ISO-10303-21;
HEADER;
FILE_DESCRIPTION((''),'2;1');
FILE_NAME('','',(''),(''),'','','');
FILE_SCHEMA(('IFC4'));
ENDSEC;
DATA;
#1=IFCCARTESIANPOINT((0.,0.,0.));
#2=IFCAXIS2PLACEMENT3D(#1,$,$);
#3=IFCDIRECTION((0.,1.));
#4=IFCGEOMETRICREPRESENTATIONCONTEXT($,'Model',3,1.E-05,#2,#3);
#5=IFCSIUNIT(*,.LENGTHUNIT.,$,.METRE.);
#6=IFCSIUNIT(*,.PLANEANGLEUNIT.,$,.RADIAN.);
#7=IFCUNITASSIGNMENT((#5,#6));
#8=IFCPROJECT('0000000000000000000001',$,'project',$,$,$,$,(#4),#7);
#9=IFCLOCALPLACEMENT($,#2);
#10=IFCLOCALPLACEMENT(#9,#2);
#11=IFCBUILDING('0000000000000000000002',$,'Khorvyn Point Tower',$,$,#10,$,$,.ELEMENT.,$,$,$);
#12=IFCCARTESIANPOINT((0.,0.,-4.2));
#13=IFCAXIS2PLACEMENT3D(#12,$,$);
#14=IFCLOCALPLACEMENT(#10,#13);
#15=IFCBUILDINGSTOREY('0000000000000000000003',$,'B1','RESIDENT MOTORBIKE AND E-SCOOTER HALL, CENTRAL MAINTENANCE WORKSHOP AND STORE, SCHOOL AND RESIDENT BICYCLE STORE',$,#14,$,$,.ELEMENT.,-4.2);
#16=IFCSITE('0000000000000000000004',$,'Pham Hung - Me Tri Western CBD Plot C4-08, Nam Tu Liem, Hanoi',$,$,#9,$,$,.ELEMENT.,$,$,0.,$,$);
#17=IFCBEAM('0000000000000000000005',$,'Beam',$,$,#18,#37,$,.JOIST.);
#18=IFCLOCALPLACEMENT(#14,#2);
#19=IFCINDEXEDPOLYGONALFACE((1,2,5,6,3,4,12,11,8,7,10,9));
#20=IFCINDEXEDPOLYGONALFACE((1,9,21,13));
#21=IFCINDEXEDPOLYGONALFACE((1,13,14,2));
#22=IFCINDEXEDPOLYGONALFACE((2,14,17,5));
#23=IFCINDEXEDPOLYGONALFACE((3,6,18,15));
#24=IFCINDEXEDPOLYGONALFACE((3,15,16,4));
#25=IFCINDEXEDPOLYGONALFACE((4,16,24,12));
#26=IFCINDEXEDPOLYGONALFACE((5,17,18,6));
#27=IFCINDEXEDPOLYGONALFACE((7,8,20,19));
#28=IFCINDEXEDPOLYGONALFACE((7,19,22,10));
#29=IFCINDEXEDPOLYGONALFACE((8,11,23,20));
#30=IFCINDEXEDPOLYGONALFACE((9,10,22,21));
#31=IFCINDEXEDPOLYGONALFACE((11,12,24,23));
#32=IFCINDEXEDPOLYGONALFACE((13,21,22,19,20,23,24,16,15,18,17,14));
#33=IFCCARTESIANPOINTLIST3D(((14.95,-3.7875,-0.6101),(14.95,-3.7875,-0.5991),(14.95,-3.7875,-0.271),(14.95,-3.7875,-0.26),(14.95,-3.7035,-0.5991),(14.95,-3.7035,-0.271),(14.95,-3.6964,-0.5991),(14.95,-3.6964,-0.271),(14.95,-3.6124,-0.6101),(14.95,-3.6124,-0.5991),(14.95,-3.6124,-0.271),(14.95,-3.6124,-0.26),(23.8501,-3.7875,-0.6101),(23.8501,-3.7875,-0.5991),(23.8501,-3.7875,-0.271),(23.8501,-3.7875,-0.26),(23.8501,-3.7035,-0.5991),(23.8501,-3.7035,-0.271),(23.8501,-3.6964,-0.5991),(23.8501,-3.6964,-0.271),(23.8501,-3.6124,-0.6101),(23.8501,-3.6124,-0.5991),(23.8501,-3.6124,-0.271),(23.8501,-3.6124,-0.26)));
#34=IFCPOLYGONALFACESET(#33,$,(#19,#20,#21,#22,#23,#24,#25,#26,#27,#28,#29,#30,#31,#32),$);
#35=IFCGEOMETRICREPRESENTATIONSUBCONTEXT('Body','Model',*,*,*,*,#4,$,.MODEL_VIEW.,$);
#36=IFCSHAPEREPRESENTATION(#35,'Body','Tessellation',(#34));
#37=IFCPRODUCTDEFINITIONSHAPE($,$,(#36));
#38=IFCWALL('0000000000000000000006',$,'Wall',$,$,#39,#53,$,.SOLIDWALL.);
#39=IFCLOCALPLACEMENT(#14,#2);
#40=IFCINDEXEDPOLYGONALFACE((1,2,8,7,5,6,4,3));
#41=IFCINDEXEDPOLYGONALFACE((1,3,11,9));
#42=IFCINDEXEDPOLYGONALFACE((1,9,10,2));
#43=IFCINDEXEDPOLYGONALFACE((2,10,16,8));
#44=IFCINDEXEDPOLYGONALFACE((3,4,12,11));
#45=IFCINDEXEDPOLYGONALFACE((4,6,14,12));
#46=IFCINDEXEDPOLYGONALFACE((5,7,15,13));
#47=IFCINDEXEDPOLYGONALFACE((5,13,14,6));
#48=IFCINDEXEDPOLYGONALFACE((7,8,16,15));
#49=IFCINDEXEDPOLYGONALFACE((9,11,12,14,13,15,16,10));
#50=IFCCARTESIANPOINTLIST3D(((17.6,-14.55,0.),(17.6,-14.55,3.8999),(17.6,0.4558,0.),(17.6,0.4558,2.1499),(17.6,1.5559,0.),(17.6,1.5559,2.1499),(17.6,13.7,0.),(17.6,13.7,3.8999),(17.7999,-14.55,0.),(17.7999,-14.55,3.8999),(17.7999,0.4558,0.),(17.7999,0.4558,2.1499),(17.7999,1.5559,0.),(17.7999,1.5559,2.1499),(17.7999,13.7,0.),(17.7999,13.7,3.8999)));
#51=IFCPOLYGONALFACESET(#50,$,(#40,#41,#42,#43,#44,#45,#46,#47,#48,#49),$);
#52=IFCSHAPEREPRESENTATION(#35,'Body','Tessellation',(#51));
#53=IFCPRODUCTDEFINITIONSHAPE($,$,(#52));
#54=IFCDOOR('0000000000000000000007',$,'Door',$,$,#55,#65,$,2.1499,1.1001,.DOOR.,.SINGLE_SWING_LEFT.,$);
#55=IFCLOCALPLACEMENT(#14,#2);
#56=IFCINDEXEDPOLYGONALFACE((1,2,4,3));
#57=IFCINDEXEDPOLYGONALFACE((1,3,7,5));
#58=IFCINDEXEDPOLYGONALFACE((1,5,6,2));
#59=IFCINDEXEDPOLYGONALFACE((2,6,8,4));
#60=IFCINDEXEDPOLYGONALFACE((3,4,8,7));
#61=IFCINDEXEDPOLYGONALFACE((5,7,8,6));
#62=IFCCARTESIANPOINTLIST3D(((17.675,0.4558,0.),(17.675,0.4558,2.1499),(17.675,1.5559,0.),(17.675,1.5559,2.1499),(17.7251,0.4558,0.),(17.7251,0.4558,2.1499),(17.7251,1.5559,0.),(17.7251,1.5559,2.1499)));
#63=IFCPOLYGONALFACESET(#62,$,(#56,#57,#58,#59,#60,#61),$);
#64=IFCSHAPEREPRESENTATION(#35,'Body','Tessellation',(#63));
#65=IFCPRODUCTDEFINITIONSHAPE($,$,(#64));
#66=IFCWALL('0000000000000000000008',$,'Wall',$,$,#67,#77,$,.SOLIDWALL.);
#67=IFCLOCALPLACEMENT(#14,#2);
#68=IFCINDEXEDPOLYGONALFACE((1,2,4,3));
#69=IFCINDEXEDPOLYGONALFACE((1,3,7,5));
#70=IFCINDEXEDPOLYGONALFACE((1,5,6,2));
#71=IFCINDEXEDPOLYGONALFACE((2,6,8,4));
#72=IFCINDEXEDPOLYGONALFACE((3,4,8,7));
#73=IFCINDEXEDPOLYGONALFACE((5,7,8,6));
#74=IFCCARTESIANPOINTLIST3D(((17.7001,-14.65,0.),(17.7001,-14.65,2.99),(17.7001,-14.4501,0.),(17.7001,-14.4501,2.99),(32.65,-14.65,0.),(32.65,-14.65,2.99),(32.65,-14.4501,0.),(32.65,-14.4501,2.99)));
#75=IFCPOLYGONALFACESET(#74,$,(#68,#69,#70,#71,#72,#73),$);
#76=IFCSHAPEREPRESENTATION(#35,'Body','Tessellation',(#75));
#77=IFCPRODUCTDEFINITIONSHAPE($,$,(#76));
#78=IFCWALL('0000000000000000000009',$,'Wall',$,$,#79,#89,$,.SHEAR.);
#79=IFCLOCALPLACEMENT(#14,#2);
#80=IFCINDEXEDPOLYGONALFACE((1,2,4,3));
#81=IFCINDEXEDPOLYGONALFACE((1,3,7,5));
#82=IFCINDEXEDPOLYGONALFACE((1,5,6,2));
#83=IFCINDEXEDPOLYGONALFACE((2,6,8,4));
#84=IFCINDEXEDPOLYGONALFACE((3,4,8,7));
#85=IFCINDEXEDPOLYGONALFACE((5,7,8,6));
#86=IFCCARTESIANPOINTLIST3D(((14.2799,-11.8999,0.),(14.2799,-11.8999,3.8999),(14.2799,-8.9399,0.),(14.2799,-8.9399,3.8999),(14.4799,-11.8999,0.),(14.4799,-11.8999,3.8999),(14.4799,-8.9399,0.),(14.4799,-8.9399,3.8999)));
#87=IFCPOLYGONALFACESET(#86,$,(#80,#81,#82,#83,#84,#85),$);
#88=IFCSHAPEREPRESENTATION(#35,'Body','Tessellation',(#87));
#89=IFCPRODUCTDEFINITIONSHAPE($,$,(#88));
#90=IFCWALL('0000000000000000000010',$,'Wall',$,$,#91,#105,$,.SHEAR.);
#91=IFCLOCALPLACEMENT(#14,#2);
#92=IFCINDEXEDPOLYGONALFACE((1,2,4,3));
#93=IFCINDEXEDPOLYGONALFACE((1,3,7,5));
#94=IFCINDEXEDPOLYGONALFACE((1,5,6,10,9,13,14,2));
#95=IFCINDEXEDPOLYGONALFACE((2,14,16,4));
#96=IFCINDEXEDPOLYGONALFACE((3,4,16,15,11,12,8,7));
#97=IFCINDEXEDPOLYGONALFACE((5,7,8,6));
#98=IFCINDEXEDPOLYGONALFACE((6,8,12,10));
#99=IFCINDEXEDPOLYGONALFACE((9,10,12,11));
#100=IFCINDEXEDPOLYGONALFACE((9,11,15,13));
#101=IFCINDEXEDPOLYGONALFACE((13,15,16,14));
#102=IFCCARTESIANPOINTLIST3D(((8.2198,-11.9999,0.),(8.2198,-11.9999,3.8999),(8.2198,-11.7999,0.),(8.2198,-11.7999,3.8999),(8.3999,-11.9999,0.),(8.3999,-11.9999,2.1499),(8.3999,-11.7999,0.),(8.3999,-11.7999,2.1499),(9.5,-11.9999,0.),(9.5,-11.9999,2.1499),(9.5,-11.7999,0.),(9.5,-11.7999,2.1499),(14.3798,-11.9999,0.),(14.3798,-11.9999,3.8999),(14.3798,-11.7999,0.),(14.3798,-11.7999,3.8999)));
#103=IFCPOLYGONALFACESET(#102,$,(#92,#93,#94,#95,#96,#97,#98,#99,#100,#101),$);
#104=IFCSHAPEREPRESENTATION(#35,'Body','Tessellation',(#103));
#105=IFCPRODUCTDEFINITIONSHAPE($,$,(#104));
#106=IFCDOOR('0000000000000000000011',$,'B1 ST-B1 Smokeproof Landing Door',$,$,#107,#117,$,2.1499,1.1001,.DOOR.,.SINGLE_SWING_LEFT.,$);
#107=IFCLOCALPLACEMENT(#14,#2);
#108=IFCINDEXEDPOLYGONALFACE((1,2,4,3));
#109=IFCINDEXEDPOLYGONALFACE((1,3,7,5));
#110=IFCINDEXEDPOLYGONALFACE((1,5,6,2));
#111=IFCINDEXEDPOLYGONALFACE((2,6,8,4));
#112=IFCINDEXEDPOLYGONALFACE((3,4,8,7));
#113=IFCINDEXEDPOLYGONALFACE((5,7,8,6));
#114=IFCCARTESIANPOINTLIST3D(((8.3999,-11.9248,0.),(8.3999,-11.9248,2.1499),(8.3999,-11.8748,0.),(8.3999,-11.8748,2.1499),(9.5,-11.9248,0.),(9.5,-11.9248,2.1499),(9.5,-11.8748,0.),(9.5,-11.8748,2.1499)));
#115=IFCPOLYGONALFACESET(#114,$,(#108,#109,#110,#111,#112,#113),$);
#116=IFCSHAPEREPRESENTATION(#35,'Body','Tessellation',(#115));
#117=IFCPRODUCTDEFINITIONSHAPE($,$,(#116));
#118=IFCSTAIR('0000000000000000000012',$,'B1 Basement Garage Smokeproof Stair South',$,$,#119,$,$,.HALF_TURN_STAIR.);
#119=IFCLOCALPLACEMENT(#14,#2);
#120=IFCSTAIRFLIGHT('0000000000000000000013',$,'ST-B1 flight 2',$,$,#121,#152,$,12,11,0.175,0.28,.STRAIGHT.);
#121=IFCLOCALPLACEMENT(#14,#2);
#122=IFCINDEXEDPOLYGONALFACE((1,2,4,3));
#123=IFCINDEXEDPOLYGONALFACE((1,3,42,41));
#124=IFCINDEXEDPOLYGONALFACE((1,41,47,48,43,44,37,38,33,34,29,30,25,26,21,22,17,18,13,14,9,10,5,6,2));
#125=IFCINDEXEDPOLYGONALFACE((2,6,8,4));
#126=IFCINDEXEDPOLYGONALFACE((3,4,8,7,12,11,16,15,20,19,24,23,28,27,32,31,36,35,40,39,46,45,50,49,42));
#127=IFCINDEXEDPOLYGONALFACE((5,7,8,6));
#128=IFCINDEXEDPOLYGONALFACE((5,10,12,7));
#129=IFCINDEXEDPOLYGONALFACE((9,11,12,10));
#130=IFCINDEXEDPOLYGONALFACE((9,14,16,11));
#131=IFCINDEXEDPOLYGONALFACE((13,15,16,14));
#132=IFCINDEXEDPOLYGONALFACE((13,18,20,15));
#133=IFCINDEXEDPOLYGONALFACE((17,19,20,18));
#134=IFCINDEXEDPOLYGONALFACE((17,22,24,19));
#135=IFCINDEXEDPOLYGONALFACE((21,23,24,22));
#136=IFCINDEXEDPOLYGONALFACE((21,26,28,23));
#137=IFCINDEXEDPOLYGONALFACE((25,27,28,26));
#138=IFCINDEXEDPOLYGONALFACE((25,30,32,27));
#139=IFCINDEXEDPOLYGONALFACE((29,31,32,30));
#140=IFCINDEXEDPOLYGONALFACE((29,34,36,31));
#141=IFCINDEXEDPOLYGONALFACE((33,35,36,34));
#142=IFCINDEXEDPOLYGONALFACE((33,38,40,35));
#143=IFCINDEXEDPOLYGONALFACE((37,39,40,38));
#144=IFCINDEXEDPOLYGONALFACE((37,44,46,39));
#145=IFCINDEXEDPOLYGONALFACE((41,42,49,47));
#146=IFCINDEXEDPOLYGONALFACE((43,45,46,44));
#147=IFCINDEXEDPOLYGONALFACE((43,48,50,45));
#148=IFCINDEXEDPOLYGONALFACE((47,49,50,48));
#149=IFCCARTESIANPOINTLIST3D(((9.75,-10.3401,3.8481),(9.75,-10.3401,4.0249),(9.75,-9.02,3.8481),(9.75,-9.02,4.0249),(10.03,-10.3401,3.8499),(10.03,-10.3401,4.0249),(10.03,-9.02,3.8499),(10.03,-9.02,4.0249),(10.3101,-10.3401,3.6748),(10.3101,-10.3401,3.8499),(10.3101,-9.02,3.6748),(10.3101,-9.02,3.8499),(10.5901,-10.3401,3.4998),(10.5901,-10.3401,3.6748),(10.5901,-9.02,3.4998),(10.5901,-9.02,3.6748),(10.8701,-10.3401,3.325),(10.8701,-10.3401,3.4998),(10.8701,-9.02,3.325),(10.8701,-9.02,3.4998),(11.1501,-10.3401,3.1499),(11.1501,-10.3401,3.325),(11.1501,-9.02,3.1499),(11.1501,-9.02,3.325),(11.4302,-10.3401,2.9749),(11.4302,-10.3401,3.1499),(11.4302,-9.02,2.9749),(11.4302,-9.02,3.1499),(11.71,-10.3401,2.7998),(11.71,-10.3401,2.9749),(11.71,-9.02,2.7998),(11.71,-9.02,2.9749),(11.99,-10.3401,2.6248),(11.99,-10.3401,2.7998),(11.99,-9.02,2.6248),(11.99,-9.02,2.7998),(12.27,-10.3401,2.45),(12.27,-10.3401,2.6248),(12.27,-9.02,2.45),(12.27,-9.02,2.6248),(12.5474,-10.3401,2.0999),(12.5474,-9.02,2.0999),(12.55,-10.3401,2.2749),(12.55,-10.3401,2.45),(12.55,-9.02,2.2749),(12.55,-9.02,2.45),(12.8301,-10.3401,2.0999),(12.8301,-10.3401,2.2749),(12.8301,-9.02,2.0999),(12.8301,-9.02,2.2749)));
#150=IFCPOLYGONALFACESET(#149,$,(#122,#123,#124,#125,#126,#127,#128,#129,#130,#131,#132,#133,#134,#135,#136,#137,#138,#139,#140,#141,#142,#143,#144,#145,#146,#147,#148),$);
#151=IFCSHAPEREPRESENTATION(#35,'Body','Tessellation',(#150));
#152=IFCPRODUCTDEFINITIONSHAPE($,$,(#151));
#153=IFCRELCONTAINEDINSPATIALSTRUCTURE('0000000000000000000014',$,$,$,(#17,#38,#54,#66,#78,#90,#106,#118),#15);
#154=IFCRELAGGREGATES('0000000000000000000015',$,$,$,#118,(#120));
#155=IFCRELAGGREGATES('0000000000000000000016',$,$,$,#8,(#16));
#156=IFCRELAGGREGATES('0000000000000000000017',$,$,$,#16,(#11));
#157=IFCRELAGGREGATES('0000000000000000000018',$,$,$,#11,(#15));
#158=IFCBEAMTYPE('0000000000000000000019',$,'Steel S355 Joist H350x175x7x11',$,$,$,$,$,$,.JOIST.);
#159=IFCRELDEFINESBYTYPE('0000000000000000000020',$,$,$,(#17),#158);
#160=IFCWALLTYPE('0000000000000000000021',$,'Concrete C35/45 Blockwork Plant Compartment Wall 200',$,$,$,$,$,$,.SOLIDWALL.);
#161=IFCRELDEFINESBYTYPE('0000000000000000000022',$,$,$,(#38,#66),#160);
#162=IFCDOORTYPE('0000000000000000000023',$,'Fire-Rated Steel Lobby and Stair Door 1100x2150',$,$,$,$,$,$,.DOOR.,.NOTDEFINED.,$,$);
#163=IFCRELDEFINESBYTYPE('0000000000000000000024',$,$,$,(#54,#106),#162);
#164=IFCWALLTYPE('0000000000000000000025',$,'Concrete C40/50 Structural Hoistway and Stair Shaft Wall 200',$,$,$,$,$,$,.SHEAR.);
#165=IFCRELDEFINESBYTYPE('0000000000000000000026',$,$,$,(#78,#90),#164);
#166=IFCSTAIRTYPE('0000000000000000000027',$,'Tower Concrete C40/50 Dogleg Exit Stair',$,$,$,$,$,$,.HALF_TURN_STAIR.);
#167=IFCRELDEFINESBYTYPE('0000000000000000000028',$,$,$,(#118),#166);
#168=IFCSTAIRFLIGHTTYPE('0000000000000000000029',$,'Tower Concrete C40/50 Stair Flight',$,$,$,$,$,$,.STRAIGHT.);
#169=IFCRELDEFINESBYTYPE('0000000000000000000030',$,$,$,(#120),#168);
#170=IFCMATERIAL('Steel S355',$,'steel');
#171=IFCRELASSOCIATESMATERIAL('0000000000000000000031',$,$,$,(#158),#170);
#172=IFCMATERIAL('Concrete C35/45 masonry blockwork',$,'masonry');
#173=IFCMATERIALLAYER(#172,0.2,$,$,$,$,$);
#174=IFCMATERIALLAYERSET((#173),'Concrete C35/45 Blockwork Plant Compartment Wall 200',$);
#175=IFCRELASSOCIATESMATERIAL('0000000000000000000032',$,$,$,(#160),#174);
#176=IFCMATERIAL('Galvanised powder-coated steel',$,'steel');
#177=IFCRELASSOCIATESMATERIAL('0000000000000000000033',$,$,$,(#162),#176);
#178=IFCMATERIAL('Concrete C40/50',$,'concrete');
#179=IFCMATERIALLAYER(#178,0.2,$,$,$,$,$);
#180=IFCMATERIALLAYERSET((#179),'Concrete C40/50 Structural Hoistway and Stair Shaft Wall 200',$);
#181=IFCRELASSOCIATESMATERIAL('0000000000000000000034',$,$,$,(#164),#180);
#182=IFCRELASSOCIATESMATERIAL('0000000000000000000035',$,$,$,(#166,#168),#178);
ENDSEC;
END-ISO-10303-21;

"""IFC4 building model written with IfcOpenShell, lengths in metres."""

from ifc_helpers import new_model, si_unit, direction, frame, frame_2d, origin, origin_2d, place, context, subcontext, project, spatial, polyline, rectangle, i_section, outline, extrude, material, layer, layer_set, material_profile, profile_set, type_object, element, fill, aggregate, save


model = new_model("IFC4")

# Units and contexts
model_context = context("Model", 3, precision=1e-05, world=origin(), true_north=direction((0.0, 1.0)))
body_context = subcontext(model_context, "Body", "Model", "MODEL_VIEW")
ifc_project = project(units=[si_unit("LENGTHUNIT", "METRE"), si_unit("PLANEANGLEUNIT", "RADIAN")], contexts=[model_context])

# Site, building, storey
site_placement = place(None, origin())
site = spatial("IfcSite", under=ifc_project, at=site_placement, Name="Pham Hung - Me Tri Western CBD Plot C4-08, Nam Tu Liem, Hanoi", CompositionType="ELEMENT", RefElevation=0.0)
building_placement = place(site_placement, origin())
building = spatial("IfcBuilding", under=site, at=building_placement, Name="Khorvyn Point Tower", CompositionType="ELEMENT")
storey_placement = place(building_placement, frame((0.0, 0.0, -4.2)))
storey = spatial("IfcBuildingStorey", under=building, at=storey_placement, Name="B1", Description="RESIDENT MOTORBIKE AND E-SCOOTER HALL, CENTRAL MAINTENANCE WORKSHOP AND STORE, SCHOOL AND RESIDENT BICYCLE STORE", CompositionType="ELEMENT", Elevation=-4.2)

# Beam
ifc_material_1 = material(Name="Steel S355", Category="steel")
ifc_material_profile_1 = material_profile(ifc_material_1, i_section(OverallWidth=0.175, OverallDepth=0.3501, WebThickness=0.0071, FlangeThickness=0.011, at=origin_2d()))
ifc_profile_set_1 = profile_set([ifc_material_profile_1], Name="Steel S355 H350x175x7x11")
beam_type_1 = type_object("IfcBeamType", Name="Steel S355 Joist H350x175x7x11", PredefinedType="JOIST", material=ifc_profile_set_1)
beam_1_placement = place(storey_placement, frame((14.95, -3.7, -0.4351), z_axis=(1.0, 0.0, 0.0), x_axis=(0.0, 1.0, 0.0)))
element("IfcBeam", 1, at=beam_1_placement, inside=storey, type_object=beam_type_1, Name="Beam", PredefinedType="JOIST", context=body_context, shape_type="SweptSolid", body=[
    extrude(i_section(OverallWidth=0.175, OverallDepth=0.3501, WebThickness=0.0071, FlangeThickness=0.011, at=origin_2d()), origin(), (0.0, 0.0, 1.0), 8.9001),
])

# Wall, opening, door
ifc_material_2 = material(Name="Concrete C35/45 masonry blockwork", Category="masonry")
ifc_layer_1 = layer(ifc_material_2, 0.2)
ifc_layer_set_1 = layer_set([ifc_layer_1], Name="Concrete C35/45 Blockwork Plant Compartment Wall 200")
wall_type_1 = type_object("IfcWallType", Name="Concrete C35/45 Blockwork Plant Compartment Wall 200", PredefinedType="SOLIDWALL", material=ifc_layer_set_1)
wall_1_placement = place(storey_placement, frame((17.7, -14.55, 0.0), z_axis=(0.0, 0.0, 1.0), x_axis=(0.0, 1.0, 0.0)))
wall_1 = element("IfcWall", 2, at=wall_1_placement, inside=storey, type_object=wall_type_1, Name="Wall", PredefinedType="SOLIDWALL", context=body_context, shape_type="SweptSolid", body=[
    extrude(rectangle(XDim=28.25, YDim=0.2, at=frame_2d((14.125, 0.0))), origin(), (0.0, 0.0, 1.0), 3.8999),
])
opening_1_placement = place(wall_1_placement, frame((15.0059, 0.0, 0.0)))
opening_1 = element("IfcOpeningElement", 3, at=opening_1_placement, cuts=wall_1, PredefinedType="OPENING", context=body_context, shape_type="SweptSolid", body=[
    extrude(rectangle(XDim=1.1001, YDim=2.1499, at=frame_2d((0.55, 1.075))), frame((0.0, 0.1099, 0.0), z_axis=(0.0, -1.0, 0.0), x_axis=(1.0, 0.0, 0.0)), (0.0, 0.0, 1.0), 0.22),
])
ifc_material_3 = material(Name="Galvanised powder-coated steel", Category="steel")
door_type = type_object("IfcDoorType", Name="Fire-Rated Steel Lobby and Stair Door 1100x2150", OperationType="NOTDEFINED", PredefinedType="DOOR", material=ifc_material_3)
door_1_placement = place(opening_1_placement, origin())
door_1 = element("IfcDoor", 4, at=door_1_placement, inside=storey, type_object=door_type, Name="Door", OperationType="SINGLE_SWING_LEFT", OverallHeight=2.1499, OverallWidth=1.1001, PredefinedType="DOOR", context=body_context, shape_type="SweptSolid", body=[
    extrude(rectangle(XDim=1.1001, YDim=2.1499, at=frame_2d((0.55, 1.075))), frame((0.0, 0.0249, 0.0), z_axis=(0.0, -1.0, 0.0), x_axis=(1.0, 0.0, 0.0)), (0.0, 0.0, 1.0), 0.05),
])
fill(opening_1, door_1)

# Walls
wall_2_placement = place(storey_placement, frame((17.7, -14.55, 0.0), z_axis=(0.0, 0.0, 1.0), x_axis=(1.0, 0.0, 0.0)))
element("IfcWall", 5, at=wall_2_placement, inside=storey, type_object=wall_type_1, Name="Wall", PredefinedType="SOLIDWALL", context=body_context, shape_type="SweptSolid", body=[
    extrude(rectangle(XDim=14.95, YDim=0.2, at=frame_2d((7.4751, 0.0))), origin(), (0.0, 0.0, 1.0), 2.99),
])
ifc_material_4 = material(Name="Concrete C40/50", Category="concrete")
ifc_layer_2 = layer(ifc_material_4, 0.2)
ifc_layer_set_2 = layer_set([ifc_layer_2], Name="Concrete C40/50 Structural Hoistway and Stair Shaft Wall 200")
wall_type_2 = type_object("IfcWallType", Name="Concrete C40/50 Structural Hoistway and Stair Shaft Wall 200", PredefinedType="SHEAR", material=ifc_layer_set_2)
wall_3_placement = place(storey_placement, frame((14.3799, -8.9399, 0.0), z_axis=(0.0, 0.0, 1.0), x_axis=(0.0, -1.0, 0.0)))
element("IfcWall", 6, at=wall_3_placement, inside=storey, type_object=wall_type_2, Name="Wall", PredefinedType="SHEAR", context=body_context, shape_type="SweptSolid", body=[
    extrude(rectangle(XDim=2.96, YDim=0.2, at=frame_2d((1.48, 0.0))), origin(), (0.0, 0.0, 1.0), 3.8999),
])

# Wall, opening, door
wall_4_placement = place(storey_placement, frame((14.3799, -11.8999, 0.0), z_axis=(0.0, 0.0, 1.0), x_axis=(-1.0, 0.0, 0.0)))
wall_4 = element("IfcWall", 7, at=wall_4_placement, inside=storey, type_object=wall_type_2, Name="Wall", PredefinedType="SHEAR", context=body_context, shape_type="SweptSolid", body=[
    extrude(rectangle(XDim=6.1599, YDim=0.2, at=frame_2d((3.0801, 0.0))), origin(), (0.0, 0.0, 1.0), 3.8999),
])
opening_2_placement = place(wall_4_placement, frame((4.8799, 0.0, 0.0)))
opening_2 = element("IfcOpeningElement", 8, at=opening_2_placement, cuts=wall_4, PredefinedType="OPENING", context=body_context, shape_type="SweptSolid", body=[
    extrude(rectangle(XDim=1.1001, YDim=2.1499, at=frame_2d((0.55, 1.075))), frame((0.0, 0.1099, 0.0), z_axis=(0.0, -1.0, 0.0), x_axis=(1.0, 0.0, 0.0)), (0.0, 0.0, 1.0), 0.22),
])
door_2_placement = place(opening_2_placement, origin())
door_2 = element("IfcDoor", 9, at=door_2_placement, inside=storey, type_object=door_type, Name="B1 ST-B1 Smokeproof Landing Door", OperationType="SINGLE_SWING_LEFT", OverallHeight=2.1499, OverallWidth=1.1001, PredefinedType="DOOR", context=body_context, shape_type="SweptSolid", body=[
    extrude(rectangle(XDim=1.1001, YDim=2.1499, at=frame_2d((0.55, 1.075))), frame((0.0, 0.0249, 0.0), z_axis=(0.0, -1.0, 0.0), x_axis=(1.0, 0.0, 0.0)), (0.0, 0.0, 1.0), 0.05),
])
fill(opening_2, door_2)

# Stair, stair flight
stair_type = type_object("IfcStairType", Name="Tower Concrete C40/50 Dogleg Exit Stair", PredefinedType="HALF_TURN_STAIR", material=ifc_material_4)
stair_placement = place(storey_placement, origin())
stair = element("IfcStair", 10, at=stair_placement, inside=storey, type_object=stair_type, Name="B1 Basement Garage Smokeproof Stair South", PredefinedType="HALF_TURN_STAIR")
stair_flight_type = type_object("IfcStairFlightType", Name="Tower Concrete C40/50 Stair Flight", PredefinedType="STRAIGHT", material=ifc_material_4)
stair_flight_placement = place(storey_placement, frame((12.8301, -9.6799, 2.0999), z_axis=(0.0, 0.0, 1.0), x_axis=(-1.0, 0.0, 0.0)))
stair_flight = element("IfcStairFlight", 11, at=stair_flight_placement, type_object=stair_flight_type, Name="ST-B1 flight 2", NumberOfRisers=12, NumberOfTreads=11, PredefinedType="STRAIGHT", RiserHeight=0.175, TreadLength=0.28, context=body_context, shape_type="SweptSolid", body=[
    extrude(outline(polyline([(0.0, 0.0), (0.0, 0.175), (0.28, 0.175), (0.28, 0.3501), (0.5601, 0.3501), (0.5601, 0.5249), (0.8401, 0.5249), (0.8401, 0.7), (1.1201, 0.7), (1.1201, 0.875), (1.3999, 0.875), (1.3999, 1.05), (1.6799, 1.05), (1.6799, 1.2251), (1.96, 1.2251), (1.96, 1.3999), (2.24, 1.3999), (2.24, 1.575), (2.52, 1.575), (2.52, 1.75), (2.8, 1.75), (2.8, 1.925), (3.0801, 1.925), (3.0801, 2.1001), (3.0801, 1.7483), (0.2827, 0.0), (0.0, 0.0)])), frame((0.0, 0.6602, 0.0), z_axis=(0.0, -1.0, 0.0), x_axis=(1.0, 0.0, 0.0)), (0.0, 0.0, 1.0), 1.3201),
])
aggregate(stair, [stair_flight])

save(model, "model.ifc")
